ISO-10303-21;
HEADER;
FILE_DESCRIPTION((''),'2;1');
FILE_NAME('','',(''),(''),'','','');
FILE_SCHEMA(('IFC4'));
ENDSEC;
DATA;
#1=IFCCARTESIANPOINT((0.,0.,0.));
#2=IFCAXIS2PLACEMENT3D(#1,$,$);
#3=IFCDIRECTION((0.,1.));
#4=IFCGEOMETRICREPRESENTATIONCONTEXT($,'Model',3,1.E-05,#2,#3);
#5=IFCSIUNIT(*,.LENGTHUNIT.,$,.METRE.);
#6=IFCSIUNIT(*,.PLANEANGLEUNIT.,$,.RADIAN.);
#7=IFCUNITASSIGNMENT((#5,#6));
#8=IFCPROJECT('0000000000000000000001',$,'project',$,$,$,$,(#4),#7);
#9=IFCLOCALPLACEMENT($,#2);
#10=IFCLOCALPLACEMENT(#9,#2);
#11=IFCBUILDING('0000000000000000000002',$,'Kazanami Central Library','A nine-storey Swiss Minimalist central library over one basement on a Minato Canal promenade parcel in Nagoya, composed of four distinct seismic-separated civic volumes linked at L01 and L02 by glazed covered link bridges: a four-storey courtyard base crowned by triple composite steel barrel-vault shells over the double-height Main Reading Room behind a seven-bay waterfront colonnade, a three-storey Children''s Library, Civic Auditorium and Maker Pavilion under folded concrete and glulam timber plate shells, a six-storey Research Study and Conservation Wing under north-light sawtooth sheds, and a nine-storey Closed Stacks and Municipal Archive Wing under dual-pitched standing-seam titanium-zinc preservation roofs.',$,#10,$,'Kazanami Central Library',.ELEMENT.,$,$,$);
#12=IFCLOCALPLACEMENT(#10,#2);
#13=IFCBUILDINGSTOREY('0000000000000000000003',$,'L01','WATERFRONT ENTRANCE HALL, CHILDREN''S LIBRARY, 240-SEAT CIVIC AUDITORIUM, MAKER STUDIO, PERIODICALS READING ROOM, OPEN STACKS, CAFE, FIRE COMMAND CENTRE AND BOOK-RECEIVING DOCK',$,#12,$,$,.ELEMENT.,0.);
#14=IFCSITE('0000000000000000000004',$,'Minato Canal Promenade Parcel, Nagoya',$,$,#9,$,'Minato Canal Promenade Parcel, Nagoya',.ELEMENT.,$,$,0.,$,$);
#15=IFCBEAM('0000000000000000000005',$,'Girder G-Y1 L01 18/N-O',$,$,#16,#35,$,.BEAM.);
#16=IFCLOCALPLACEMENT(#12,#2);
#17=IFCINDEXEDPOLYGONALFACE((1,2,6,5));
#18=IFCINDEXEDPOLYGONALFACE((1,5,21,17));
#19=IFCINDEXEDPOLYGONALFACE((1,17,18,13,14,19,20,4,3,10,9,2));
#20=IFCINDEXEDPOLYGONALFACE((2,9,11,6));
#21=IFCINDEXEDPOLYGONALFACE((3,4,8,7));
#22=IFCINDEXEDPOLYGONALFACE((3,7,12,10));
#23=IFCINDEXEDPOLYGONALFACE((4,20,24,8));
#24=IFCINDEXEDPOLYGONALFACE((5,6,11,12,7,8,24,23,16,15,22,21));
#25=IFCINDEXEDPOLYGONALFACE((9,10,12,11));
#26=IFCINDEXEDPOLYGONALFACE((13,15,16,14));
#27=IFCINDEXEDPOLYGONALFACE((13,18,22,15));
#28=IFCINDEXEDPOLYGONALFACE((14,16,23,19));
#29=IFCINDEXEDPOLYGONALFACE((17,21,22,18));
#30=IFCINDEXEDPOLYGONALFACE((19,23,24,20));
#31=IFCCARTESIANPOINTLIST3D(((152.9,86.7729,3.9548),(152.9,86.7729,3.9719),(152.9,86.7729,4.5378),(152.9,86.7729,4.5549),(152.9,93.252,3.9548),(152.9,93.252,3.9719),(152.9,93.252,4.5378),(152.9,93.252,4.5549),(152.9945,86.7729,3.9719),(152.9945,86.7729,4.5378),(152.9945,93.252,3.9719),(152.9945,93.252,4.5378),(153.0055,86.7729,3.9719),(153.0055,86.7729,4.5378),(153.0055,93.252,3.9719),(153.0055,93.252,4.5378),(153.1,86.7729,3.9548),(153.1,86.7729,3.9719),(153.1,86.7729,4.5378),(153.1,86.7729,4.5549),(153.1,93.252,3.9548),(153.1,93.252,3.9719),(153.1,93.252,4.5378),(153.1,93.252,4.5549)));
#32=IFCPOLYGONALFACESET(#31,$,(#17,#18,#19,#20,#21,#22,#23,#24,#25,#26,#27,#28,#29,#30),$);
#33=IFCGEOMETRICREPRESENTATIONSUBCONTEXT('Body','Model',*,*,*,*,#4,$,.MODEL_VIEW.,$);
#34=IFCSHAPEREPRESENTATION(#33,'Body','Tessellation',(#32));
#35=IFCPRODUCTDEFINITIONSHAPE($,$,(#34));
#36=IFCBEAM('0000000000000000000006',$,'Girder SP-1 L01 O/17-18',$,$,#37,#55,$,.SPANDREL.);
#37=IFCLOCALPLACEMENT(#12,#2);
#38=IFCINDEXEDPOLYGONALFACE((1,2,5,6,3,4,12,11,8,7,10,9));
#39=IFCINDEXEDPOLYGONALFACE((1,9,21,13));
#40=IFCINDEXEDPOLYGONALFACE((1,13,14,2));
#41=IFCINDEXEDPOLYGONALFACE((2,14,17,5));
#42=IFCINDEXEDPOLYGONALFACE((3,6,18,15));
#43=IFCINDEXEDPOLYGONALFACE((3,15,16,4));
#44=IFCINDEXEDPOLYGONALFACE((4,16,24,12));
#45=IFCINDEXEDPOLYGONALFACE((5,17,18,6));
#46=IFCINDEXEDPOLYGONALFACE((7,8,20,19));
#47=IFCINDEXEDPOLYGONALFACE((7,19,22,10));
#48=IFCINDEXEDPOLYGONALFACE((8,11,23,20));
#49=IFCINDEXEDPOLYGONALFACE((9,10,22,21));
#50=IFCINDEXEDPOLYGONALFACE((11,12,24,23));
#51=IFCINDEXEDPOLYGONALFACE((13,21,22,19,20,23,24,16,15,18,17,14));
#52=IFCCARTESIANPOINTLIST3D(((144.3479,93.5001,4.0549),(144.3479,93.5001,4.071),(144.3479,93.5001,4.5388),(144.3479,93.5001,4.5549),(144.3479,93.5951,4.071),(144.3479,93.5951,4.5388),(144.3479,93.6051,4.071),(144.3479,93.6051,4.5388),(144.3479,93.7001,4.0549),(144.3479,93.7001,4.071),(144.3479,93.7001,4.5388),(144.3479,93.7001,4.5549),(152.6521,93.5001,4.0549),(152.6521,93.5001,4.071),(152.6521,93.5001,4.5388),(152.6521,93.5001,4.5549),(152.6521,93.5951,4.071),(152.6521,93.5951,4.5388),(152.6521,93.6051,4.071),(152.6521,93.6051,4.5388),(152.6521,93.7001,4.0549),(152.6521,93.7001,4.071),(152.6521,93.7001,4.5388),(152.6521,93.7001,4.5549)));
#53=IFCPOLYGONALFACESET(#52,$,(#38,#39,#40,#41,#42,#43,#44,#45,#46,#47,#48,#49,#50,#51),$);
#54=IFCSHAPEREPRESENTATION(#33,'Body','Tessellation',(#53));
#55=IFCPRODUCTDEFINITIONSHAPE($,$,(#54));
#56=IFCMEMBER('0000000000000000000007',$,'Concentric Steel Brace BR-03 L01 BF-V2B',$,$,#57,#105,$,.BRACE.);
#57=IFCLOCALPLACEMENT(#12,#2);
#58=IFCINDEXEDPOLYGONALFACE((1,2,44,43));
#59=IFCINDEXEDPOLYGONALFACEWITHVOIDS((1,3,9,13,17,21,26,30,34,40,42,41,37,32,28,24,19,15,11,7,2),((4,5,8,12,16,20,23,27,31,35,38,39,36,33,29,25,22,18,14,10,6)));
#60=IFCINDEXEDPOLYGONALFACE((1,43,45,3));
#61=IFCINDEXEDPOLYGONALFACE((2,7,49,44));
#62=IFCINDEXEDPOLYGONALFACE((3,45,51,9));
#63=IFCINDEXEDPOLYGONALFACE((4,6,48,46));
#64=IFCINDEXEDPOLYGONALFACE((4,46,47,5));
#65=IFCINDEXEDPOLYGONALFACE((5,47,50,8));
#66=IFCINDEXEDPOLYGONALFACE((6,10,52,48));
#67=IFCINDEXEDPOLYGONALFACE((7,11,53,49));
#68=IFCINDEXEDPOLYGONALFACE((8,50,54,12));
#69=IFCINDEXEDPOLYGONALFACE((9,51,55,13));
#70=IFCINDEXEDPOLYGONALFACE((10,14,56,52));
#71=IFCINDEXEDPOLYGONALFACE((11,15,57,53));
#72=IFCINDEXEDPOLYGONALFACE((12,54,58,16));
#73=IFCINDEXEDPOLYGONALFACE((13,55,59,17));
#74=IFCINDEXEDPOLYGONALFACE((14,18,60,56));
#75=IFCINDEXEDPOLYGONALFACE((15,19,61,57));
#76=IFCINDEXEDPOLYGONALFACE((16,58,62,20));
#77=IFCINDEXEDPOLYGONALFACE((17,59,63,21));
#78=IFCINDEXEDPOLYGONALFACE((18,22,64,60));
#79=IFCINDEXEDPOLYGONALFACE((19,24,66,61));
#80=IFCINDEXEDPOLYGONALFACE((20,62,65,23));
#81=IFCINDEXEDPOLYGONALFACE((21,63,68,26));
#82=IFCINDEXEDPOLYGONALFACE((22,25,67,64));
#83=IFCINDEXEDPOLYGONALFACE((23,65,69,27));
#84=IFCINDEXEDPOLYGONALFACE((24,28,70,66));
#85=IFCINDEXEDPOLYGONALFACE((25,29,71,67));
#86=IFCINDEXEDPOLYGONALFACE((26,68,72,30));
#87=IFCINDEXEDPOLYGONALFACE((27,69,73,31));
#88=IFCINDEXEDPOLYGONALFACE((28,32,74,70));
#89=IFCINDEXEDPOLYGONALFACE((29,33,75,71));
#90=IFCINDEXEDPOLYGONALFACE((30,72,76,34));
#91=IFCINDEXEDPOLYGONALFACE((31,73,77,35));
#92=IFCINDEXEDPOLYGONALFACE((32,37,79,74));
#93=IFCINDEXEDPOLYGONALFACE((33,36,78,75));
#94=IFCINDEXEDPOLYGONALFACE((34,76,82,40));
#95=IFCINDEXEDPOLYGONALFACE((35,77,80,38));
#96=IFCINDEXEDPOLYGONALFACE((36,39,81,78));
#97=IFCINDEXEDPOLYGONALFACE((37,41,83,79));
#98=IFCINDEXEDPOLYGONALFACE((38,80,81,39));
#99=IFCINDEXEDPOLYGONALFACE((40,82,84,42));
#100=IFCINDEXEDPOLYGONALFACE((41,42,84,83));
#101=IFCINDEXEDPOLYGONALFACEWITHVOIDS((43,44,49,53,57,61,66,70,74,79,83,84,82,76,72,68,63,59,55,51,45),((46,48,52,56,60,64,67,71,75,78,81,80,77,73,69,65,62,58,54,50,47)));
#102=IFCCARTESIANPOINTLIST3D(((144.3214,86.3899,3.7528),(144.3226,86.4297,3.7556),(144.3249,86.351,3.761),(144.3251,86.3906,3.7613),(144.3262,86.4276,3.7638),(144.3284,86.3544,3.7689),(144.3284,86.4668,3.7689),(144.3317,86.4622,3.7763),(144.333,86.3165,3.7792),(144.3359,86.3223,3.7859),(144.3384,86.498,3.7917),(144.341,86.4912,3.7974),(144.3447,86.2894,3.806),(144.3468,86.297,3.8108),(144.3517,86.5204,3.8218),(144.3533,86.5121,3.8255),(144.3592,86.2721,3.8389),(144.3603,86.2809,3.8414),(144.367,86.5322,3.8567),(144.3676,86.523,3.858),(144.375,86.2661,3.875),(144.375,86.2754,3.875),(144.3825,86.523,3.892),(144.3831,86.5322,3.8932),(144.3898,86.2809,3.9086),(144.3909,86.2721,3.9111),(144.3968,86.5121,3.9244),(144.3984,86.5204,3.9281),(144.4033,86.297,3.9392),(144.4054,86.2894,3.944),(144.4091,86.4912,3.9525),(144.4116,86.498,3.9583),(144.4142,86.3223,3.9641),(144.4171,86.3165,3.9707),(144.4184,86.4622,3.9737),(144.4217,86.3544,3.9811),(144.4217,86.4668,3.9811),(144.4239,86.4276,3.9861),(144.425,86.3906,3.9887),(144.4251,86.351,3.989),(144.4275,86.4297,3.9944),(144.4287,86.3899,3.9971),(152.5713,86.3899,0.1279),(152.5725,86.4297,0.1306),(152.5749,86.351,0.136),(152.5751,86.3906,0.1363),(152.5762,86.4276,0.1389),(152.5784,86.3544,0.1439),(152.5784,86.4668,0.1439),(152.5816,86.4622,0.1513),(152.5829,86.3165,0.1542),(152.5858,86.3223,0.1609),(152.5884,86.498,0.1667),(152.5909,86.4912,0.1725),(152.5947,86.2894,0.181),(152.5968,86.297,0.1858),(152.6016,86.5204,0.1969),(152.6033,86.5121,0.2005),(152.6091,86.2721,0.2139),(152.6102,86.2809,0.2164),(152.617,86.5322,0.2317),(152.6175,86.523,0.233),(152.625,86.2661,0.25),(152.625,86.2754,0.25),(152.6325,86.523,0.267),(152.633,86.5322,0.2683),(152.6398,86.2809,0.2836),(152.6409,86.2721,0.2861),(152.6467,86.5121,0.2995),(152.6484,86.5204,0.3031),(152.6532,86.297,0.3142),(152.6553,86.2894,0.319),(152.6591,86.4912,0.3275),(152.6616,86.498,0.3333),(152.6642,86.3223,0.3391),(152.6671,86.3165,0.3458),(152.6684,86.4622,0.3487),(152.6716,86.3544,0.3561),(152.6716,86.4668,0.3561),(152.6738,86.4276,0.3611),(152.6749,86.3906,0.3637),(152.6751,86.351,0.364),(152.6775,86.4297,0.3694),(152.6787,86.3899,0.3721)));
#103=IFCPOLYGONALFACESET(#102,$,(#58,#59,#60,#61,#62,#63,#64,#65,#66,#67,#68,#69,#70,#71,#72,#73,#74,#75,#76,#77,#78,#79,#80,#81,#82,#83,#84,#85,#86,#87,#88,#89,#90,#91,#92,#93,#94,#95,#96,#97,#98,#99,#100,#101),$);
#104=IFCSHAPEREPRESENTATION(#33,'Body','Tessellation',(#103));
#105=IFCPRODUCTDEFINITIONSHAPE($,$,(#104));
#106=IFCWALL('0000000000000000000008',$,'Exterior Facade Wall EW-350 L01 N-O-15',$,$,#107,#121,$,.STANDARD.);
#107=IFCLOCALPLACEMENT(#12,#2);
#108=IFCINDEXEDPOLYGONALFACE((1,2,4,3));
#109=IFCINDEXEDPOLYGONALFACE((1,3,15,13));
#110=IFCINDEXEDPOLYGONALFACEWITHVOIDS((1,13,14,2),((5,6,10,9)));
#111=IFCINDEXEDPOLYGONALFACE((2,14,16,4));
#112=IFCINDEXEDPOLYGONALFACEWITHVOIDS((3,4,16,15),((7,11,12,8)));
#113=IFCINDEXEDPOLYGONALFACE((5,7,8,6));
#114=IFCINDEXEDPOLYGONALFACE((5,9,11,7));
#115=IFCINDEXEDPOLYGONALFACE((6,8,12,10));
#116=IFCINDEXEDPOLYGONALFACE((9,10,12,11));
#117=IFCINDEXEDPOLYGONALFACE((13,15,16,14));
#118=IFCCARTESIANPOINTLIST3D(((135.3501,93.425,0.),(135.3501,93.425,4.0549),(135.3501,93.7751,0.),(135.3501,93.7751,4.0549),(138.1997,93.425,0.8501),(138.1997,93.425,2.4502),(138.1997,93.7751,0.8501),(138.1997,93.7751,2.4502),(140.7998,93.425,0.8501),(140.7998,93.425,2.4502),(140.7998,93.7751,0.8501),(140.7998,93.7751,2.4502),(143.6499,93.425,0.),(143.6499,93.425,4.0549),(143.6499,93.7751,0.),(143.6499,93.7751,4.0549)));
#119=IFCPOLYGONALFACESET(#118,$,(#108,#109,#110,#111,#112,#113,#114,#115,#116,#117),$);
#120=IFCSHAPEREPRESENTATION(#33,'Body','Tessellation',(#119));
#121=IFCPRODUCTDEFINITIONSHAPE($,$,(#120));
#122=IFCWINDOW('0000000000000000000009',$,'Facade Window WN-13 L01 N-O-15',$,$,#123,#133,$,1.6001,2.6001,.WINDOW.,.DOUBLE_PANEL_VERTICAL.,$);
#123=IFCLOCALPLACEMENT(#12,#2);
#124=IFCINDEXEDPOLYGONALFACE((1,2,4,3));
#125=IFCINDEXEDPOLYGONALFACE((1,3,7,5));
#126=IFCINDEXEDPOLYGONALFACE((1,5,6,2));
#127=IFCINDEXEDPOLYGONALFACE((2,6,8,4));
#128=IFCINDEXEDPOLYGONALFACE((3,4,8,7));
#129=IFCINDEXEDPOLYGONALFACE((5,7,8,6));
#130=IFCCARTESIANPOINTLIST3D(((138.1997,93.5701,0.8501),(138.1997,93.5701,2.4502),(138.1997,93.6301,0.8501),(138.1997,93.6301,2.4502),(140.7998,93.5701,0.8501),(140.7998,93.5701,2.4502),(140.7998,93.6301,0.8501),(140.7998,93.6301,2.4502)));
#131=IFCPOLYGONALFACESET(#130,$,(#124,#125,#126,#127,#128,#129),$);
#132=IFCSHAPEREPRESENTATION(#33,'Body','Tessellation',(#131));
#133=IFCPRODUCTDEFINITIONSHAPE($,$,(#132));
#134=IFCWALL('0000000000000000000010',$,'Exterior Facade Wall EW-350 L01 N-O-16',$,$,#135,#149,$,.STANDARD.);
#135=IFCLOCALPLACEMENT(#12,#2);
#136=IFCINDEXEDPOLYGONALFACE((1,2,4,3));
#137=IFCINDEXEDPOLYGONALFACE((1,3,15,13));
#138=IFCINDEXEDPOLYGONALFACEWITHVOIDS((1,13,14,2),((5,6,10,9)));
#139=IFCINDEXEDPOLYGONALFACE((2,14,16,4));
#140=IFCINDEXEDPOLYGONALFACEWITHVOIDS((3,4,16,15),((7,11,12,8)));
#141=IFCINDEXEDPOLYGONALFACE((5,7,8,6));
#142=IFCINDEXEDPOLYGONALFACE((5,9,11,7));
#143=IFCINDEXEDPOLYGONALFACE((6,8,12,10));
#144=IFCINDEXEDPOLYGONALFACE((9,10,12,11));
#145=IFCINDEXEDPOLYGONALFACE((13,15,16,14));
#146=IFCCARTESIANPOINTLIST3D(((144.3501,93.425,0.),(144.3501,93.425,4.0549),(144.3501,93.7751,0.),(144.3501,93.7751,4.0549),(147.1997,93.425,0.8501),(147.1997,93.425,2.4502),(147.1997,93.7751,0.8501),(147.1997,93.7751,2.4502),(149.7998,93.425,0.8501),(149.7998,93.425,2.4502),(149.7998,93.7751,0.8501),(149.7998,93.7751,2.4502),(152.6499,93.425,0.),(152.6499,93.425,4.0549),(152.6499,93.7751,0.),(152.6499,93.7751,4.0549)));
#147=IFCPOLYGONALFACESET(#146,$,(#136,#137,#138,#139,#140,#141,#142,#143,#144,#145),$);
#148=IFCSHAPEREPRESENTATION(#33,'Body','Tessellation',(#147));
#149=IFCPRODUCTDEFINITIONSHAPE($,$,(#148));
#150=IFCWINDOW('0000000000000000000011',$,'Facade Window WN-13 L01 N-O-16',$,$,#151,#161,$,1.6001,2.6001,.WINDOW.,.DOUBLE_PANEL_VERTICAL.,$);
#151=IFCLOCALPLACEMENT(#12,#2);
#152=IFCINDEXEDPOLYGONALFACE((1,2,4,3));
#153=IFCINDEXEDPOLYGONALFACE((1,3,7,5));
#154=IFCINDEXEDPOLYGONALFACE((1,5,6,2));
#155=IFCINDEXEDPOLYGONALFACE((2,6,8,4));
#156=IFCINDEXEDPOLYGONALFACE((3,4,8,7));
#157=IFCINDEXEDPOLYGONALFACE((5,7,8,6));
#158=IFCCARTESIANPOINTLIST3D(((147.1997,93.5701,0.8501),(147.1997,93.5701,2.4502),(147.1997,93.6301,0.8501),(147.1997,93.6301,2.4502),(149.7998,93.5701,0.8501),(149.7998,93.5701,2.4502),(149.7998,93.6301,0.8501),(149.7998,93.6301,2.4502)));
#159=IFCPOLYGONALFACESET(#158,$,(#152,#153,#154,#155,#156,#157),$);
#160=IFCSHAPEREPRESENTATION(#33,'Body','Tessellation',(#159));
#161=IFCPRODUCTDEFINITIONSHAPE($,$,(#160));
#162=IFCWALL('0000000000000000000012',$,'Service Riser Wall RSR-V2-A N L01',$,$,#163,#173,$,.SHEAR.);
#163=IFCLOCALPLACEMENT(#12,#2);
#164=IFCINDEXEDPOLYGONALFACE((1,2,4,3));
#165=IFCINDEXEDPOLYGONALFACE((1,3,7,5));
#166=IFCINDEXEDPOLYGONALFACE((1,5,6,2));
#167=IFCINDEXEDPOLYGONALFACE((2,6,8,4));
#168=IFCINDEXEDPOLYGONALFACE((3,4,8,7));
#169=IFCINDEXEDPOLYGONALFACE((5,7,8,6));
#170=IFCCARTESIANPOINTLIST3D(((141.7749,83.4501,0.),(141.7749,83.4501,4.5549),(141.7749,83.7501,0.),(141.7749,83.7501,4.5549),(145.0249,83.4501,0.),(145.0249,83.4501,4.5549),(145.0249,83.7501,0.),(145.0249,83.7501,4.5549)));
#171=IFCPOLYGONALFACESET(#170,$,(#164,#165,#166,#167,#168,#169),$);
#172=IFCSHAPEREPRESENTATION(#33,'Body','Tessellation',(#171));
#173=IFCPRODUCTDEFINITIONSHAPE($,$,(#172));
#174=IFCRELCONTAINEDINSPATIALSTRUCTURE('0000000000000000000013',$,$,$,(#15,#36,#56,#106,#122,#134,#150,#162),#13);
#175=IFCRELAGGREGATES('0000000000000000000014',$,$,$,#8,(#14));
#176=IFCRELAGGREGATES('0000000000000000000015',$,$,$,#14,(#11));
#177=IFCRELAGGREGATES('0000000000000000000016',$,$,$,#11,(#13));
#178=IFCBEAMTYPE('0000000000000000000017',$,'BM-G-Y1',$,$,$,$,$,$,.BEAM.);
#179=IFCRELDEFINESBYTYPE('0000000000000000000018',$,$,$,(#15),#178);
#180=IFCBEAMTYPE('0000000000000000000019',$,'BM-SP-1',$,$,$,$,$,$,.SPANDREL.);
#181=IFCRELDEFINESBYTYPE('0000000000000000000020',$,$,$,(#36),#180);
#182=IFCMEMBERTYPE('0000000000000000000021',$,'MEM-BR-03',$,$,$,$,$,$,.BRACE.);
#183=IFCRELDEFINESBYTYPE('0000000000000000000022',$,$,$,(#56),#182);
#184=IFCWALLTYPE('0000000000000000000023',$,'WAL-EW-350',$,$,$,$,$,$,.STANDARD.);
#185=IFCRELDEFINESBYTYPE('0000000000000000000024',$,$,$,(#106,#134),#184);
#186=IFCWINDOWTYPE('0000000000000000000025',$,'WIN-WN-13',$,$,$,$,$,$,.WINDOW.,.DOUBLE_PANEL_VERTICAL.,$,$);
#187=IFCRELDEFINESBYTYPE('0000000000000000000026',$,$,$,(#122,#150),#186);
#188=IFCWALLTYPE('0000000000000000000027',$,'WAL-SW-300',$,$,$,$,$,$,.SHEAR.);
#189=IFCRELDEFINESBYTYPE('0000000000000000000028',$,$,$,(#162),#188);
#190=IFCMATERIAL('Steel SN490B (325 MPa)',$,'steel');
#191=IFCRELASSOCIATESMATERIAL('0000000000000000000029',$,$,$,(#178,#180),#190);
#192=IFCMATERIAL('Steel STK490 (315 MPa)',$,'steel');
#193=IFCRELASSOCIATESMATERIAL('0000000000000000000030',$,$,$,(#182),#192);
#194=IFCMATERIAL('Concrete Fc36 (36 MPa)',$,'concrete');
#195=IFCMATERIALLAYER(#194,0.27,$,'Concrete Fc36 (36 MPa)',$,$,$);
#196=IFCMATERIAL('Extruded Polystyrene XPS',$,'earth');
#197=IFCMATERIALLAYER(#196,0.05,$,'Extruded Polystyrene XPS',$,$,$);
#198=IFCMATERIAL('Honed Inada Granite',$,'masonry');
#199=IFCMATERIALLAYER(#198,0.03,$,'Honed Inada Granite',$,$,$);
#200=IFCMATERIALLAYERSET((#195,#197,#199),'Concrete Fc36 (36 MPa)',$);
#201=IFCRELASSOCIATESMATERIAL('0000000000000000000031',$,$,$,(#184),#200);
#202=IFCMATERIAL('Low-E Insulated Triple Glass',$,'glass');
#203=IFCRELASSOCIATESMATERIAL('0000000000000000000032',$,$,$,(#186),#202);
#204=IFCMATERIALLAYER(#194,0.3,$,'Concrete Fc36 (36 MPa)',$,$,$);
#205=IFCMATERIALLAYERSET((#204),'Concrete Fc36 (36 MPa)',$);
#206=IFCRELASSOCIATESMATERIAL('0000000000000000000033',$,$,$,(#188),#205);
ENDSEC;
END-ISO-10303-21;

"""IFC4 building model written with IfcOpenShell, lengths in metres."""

from ifc_helpers import new_model, si_unit, direction, frame, frame_2d, origin, origin_2d, place, context, subcontext, project, spatial, rectangle, hollow_circle, i_section, extrude, material, layer, layer_set, material_profile, profile_set, type_object, element, fill, save


model = new_model("IFC4")

# Units and contexts
model_context = context("Model", 3, precision=1e-05, world=origin(), true_north=direction((0.0, 1.0)))
body_context = subcontext(model_context, "Body", "Model", "MODEL_VIEW")
ifc_project = project(units=[si_unit("LENGTHUNIT", "METRE"), si_unit("PLANEANGLEUNIT", "RADIAN")], contexts=[model_context])

# Site, building, storey
site_placement = place(None, origin())
site = spatial("IfcSite", under=ifc_project, at=site_placement, Name="Minato Canal Promenade Parcel, Nagoya", LongName="Minato Canal Promenade Parcel, Nagoya", CompositionType="ELEMENT", RefElevation=0.0)
building_placement = place(site_placement, origin())
building = spatial("IfcBuilding", under=site, at=building_placement, Name="Kazanami Central Library", Description="A nine-storey Swiss Minimalist central library over one basement on a Minato Canal promenade parcel in Nagoya, composed of four distinct seismic-separated civic volumes linked at L01 and L02 by glazed covered link bridges: a four-storey courtyard base crowned by triple composite steel barrel-vault shells over the double-height Main Reading Room behind a seven-bay waterfront colonnade, a three-storey Children's Library, Civic Auditorium and Maker Pavilion under folded concrete and glulam timber plate shells, a six-storey Research Study and Conservation Wing under north-light sawtooth sheds, and a nine-storey Closed Stacks and Municipal Archive Wing under dual-pitched standing-seam titanium-zinc preservation roofs.", LongName="Kazanami Central Library", CompositionType="ELEMENT")
storey_placement = place(building_placement, origin())
storey = spatial("IfcBuildingStorey", under=building, at=storey_placement, Name="L01", Description="WATERFRONT ENTRANCE HALL, CHILDREN'S LIBRARY, 240-SEAT CIVIC AUDITORIUM, MAKER STUDIO, PERIODICALS READING ROOM, OPEN STACKS, CAFE, FIRE COMMAND CENTRE AND BOOK-RECEIVING DOCK", CompositionType="ELEMENT", Elevation=0.0)

# Shared definitions
ifc_material_1 = material(Name="Steel STK490 (315 MPa)", Category="steel")

# Beams
ifc_material_2 = material(Name="Steel SN490B (325 MPa)", Category="steel")
ifc_material_profile_1 = material_profile(ifc_material_2, i_section(OverallWidth=0.2, OverallDepth=0.6001, WebThickness=0.011, FlangeThickness=0.0171, at=origin_2d()), Name="H-600x200x11x17")
ifc_profile_set_1 = profile_set([ifc_material_profile_1], Name="Steel SN490B (325 MPa)")
beam_type_1 = type_object("IfcBeamType", Name="BM-G-Y1", PredefinedType="BEAM", material=ifc_profile_set_1)
for number, where, z_axis, x_axis, name in (
    (1, (153.0, 86.7729, 4.2549), (0.0, 1.0, 0.0), (-1.0, 0.0, 0.0), "Girder G-Y1 L01 18/N-O"),
):
    element("IfcBeam", number, at=place(storey_placement, frame(where, z_axis=z_axis, x_axis=x_axis)), inside=storey, type_object=beam_type_1, Name=name, PredefinedType="BEAM", context=body_context, shape_type="SweptSolid", body=[
        extrude(i_section(OverallWidth=0.2, OverallDepth=0.6001, WebThickness=0.011, FlangeThickness=0.0171, at=origin_2d()), origin(), (0.0, 0.0, 1.0), 6.479),
    ])
ifc_material_profile_2 = material_profile(ifc_material_2, i_section(OverallWidth=0.2, OverallDepth=0.5, WebThickness=0.01, FlangeThickness=0.0161, at=origin_2d()), Name="H-500x200x10x16")
ifc_profile_set_2 = profile_set([ifc_material_profile_2], Name="Steel SN490B (325 MPa)")
beam_type_2 = type_object("IfcBeamType", Name="BM-SP-1", PredefinedType="SPANDREL", material=ifc_profile_set_2)
beam_1_placement = place(storey_placement, frame((144.3479, 93.6001, 4.3049), z_axis=(1.0, 0.0, 0.0), x_axis=(0.0, 1.0, 0.0)))
element("IfcBeam", 2, at=beam_1_placement, inside=storey, type_object=beam_type_2, Name="Girder SP-1 L01 O/17-18", PredefinedType="SPANDREL", context=body_context, shape_type="SweptSolid", body=[
    extrude(i_section(OverallWidth=0.2, OverallDepth=0.5, WebThickness=0.01, FlangeThickness=0.0161, at=origin_2d()), origin(), (0.0, 0.0, 1.0), 8.3042),
])

# Member
ifc_material_profile_3 = material_profile(ifc_material_1, hollow_circle(Radius=0.1338, WallThickness=0.0093, at=origin_2d()), Name="CHS-267.4x9.3")
ifc_profile_set_3 = profile_set([ifc_material_profile_3], Name="Steel STK490 (315 MPa)")
member_type = type_object("IfcMemberType", Name="MEM-BR-03", PredefinedType="BRACE", material=ifc_profile_set_3)
member_placement = place(storey_placement, frame((152.625, 86.3999, 0.25), z_axis=(-0.915519, 0.0, 0.402274), x_axis=(0.0, -1.0, 0.0)))
element("IfcMember", 3, at=member_placement, inside=storey, type_object=member_type, Name="Concentric Steel Brace BR-03 L01 BF-V2B", PredefinedType="BRACE", context=body_context, shape_type="SweptSolid", body=[
    extrude(hollow_circle(Radius=0.1338, WallThickness=0.0093, at=origin_2d()), origin(), (0.0, 0.0, 1.0), 9.0112),
])

# Walls, openings, windows
ifc_material_3 = material(Name="Concrete Fc36 (36 MPa)", Category="concrete")
ifc_layer_1 = layer(ifc_material_3, 0.27, Name="Concrete Fc36 (36 MPa)")
ifc_material_4 = material(Name="Extruded Polystyrene XPS", Category="earth")
ifc_layer_2 = layer(ifc_material_4, 0.05, Name="Extruded Polystyrene XPS")
ifc_material_5 = material(Name="Honed Inada Granite", Category="masonry")
ifc_layer_3 = layer(ifc_material_5, 0.03, Name="Honed Inada Granite")
ifc_layer_set_1 = layer_set([ifc_layer_1, ifc_layer_2, ifc_layer_3], Name="Concrete Fc36 (36 MPa)")
wall_type_1 = type_object("IfcWallType", Name="WAL-EW-350", PredefinedType="STANDARD", material=ifc_layer_set_1)
wall_1_placement = place(storey_placement, frame((143.6499, 93.6001, 0.0), z_axis=(0.0, 0.0, 1.0), x_axis=(-1.0, 0.0, 0.0)))
wall_1 = element("IfcWall", 4, at=wall_1_placement, inside=storey, type_object=wall_type_1, Name="Exterior Facade Wall EW-350 L01 N-O-15", PredefinedType="STANDARD", context=body_context, shape_type="SweptSolid", body=[
    extrude(rectangle(XDim=8.2998, YDim=0.3501, at=frame_2d((4.1499, 0.0))), origin(), (0.0, 0.0, 1.0), 4.0549),
])
opening_1_placement = place(wall_1_placement, frame((2.8501, 0.0, 0.8501)))
opening_1 = element("IfcOpeningElement", 5, at=opening_1_placement, cuts=wall_1, PredefinedType="OPENING", context=body_context, shape_type="SweptSolid", body=[
    extrude(rectangle(XDim=2.6001, YDim=1.6001, at=frame_2d((1.3, 0.8))), frame((0.0, 0.187, 0.0), z_axis=(0.0, -1.0, 0.0), x_axis=(1.0, 0.0, 0.0)), (0.0, 0.0, 1.0), 0.374),
])
ifc_material_6 = material(Name="Low-E Insulated Triple Glass", Category="glass")
window_type = type_object("IfcWindowType", Name="WIN-WN-13", PartitioningType="DOUBLE_PANEL_VERTICAL", PredefinedType="WINDOW", material=ifc_material_6)
window_1_placement = place(opening_1_placement, origin())
window_1 = element("IfcWindow", 6, at=window_1_placement, inside=storey, type_object=window_type, Name="Facade Window WN-13 L01 N-O-15", OverallHeight=1.6001, OverallWidth=2.6001, PartitioningType="DOUBLE_PANEL_VERTICAL", PredefinedType="WINDOW", context=body_context, shape_type="SweptSolid", body=[
    extrude(rectangle(XDim=2.6001, YDim=1.6001, at=frame_2d((1.3, 0.8))), frame((0.0, 0.03, 0.0), z_axis=(0.0, -1.0, 0.0), x_axis=(1.0, 0.0, 0.0)), (0.0, 0.0, 1.0), 0.0601),
])
fill(opening_1, window_1)
wall_2_placement = place(storey_placement, frame((152.6499, 93.6001, 0.0), z_axis=(0.0, 0.0, 1.0), x_axis=(-1.0, 0.0, 0.0)))
wall_2 = element("IfcWall", 7, at=wall_2_placement, inside=storey, type_object=wall_type_1, Name="Exterior Facade Wall EW-350 L01 N-O-16", PredefinedType="STANDARD", context=body_context, shape_type="SweptSolid", body=[
    extrude(rectangle(XDim=8.2998, YDim=0.3501, at=frame_2d((4.1499, 0.0))), origin(), (0.0, 0.0, 1.0), 4.0549),
])
opening_2_placement = place(wall_2_placement, frame((2.8501, 0.0, 0.8501)))
opening_2 = element("IfcOpeningElement", 8, at=opening_2_placement, cuts=wall_2, PredefinedType="OPENING", context=body_context, shape_type="SweptSolid", body=[
    extrude(rectangle(XDim=2.6001, YDim=1.6001, at=frame_2d((1.3, 0.8))), frame((0.0, 0.187, 0.0), z_axis=(0.0, -1.0, 0.0), x_axis=(1.0, 0.0, 0.0)), (0.0, 0.0, 1.0), 0.374),
])
window_2_placement = place(opening_2_placement, origin())
window_2 = element("IfcWindow", 9, at=window_2_placement, inside=storey, type_object=window_type, Name="Facade Window WN-13 L01 N-O-16", OverallHeight=1.6001, OverallWidth=2.6001, PartitioningType="DOUBLE_PANEL_VERTICAL", PredefinedType="WINDOW", context=body_context, shape_type="SweptSolid", body=[
    extrude(rectangle(XDim=2.6001, YDim=1.6001, at=frame_2d((1.3, 0.8))), frame((0.0, 0.03, 0.0), z_axis=(0.0, -1.0, 0.0), x_axis=(1.0, 0.0, 0.0)), (0.0, 0.0, 1.0), 0.0601),
])
fill(opening_2, window_2)

# Wall
ifc_layer_4 = layer(ifc_material_3, 0.3, Name="Concrete Fc36 (36 MPa)")
ifc_layer_set_2 = layer_set([ifc_layer_4], Name="Concrete Fc36 (36 MPa)")
wall_type_2 = type_object("IfcWallType", Name="WAL-SW-300", PredefinedType="SHEAR", material=ifc_layer_set_2)
wall_3_placement = place(storey_placement, frame((141.7749, 83.6001, 0.0), z_axis=(0.0, 0.0, 1.0), x_axis=(1.0, 0.0, 0.0)))
element("IfcWall", 10, at=wall_3_placement, inside=storey, type_object=wall_type_2, Name="Service Riser Wall RSR-V2-A N L01", PredefinedType="SHEAR", context=body_context, shape_type="SweptSolid", body=[
    extrude(rectangle(XDim=3.25, YDim=0.3, at=frame_2d((1.625, 0.0))), origin(), (0.0, 0.0, 1.0), 4.5549),
])

save(model, "model.ifc")
